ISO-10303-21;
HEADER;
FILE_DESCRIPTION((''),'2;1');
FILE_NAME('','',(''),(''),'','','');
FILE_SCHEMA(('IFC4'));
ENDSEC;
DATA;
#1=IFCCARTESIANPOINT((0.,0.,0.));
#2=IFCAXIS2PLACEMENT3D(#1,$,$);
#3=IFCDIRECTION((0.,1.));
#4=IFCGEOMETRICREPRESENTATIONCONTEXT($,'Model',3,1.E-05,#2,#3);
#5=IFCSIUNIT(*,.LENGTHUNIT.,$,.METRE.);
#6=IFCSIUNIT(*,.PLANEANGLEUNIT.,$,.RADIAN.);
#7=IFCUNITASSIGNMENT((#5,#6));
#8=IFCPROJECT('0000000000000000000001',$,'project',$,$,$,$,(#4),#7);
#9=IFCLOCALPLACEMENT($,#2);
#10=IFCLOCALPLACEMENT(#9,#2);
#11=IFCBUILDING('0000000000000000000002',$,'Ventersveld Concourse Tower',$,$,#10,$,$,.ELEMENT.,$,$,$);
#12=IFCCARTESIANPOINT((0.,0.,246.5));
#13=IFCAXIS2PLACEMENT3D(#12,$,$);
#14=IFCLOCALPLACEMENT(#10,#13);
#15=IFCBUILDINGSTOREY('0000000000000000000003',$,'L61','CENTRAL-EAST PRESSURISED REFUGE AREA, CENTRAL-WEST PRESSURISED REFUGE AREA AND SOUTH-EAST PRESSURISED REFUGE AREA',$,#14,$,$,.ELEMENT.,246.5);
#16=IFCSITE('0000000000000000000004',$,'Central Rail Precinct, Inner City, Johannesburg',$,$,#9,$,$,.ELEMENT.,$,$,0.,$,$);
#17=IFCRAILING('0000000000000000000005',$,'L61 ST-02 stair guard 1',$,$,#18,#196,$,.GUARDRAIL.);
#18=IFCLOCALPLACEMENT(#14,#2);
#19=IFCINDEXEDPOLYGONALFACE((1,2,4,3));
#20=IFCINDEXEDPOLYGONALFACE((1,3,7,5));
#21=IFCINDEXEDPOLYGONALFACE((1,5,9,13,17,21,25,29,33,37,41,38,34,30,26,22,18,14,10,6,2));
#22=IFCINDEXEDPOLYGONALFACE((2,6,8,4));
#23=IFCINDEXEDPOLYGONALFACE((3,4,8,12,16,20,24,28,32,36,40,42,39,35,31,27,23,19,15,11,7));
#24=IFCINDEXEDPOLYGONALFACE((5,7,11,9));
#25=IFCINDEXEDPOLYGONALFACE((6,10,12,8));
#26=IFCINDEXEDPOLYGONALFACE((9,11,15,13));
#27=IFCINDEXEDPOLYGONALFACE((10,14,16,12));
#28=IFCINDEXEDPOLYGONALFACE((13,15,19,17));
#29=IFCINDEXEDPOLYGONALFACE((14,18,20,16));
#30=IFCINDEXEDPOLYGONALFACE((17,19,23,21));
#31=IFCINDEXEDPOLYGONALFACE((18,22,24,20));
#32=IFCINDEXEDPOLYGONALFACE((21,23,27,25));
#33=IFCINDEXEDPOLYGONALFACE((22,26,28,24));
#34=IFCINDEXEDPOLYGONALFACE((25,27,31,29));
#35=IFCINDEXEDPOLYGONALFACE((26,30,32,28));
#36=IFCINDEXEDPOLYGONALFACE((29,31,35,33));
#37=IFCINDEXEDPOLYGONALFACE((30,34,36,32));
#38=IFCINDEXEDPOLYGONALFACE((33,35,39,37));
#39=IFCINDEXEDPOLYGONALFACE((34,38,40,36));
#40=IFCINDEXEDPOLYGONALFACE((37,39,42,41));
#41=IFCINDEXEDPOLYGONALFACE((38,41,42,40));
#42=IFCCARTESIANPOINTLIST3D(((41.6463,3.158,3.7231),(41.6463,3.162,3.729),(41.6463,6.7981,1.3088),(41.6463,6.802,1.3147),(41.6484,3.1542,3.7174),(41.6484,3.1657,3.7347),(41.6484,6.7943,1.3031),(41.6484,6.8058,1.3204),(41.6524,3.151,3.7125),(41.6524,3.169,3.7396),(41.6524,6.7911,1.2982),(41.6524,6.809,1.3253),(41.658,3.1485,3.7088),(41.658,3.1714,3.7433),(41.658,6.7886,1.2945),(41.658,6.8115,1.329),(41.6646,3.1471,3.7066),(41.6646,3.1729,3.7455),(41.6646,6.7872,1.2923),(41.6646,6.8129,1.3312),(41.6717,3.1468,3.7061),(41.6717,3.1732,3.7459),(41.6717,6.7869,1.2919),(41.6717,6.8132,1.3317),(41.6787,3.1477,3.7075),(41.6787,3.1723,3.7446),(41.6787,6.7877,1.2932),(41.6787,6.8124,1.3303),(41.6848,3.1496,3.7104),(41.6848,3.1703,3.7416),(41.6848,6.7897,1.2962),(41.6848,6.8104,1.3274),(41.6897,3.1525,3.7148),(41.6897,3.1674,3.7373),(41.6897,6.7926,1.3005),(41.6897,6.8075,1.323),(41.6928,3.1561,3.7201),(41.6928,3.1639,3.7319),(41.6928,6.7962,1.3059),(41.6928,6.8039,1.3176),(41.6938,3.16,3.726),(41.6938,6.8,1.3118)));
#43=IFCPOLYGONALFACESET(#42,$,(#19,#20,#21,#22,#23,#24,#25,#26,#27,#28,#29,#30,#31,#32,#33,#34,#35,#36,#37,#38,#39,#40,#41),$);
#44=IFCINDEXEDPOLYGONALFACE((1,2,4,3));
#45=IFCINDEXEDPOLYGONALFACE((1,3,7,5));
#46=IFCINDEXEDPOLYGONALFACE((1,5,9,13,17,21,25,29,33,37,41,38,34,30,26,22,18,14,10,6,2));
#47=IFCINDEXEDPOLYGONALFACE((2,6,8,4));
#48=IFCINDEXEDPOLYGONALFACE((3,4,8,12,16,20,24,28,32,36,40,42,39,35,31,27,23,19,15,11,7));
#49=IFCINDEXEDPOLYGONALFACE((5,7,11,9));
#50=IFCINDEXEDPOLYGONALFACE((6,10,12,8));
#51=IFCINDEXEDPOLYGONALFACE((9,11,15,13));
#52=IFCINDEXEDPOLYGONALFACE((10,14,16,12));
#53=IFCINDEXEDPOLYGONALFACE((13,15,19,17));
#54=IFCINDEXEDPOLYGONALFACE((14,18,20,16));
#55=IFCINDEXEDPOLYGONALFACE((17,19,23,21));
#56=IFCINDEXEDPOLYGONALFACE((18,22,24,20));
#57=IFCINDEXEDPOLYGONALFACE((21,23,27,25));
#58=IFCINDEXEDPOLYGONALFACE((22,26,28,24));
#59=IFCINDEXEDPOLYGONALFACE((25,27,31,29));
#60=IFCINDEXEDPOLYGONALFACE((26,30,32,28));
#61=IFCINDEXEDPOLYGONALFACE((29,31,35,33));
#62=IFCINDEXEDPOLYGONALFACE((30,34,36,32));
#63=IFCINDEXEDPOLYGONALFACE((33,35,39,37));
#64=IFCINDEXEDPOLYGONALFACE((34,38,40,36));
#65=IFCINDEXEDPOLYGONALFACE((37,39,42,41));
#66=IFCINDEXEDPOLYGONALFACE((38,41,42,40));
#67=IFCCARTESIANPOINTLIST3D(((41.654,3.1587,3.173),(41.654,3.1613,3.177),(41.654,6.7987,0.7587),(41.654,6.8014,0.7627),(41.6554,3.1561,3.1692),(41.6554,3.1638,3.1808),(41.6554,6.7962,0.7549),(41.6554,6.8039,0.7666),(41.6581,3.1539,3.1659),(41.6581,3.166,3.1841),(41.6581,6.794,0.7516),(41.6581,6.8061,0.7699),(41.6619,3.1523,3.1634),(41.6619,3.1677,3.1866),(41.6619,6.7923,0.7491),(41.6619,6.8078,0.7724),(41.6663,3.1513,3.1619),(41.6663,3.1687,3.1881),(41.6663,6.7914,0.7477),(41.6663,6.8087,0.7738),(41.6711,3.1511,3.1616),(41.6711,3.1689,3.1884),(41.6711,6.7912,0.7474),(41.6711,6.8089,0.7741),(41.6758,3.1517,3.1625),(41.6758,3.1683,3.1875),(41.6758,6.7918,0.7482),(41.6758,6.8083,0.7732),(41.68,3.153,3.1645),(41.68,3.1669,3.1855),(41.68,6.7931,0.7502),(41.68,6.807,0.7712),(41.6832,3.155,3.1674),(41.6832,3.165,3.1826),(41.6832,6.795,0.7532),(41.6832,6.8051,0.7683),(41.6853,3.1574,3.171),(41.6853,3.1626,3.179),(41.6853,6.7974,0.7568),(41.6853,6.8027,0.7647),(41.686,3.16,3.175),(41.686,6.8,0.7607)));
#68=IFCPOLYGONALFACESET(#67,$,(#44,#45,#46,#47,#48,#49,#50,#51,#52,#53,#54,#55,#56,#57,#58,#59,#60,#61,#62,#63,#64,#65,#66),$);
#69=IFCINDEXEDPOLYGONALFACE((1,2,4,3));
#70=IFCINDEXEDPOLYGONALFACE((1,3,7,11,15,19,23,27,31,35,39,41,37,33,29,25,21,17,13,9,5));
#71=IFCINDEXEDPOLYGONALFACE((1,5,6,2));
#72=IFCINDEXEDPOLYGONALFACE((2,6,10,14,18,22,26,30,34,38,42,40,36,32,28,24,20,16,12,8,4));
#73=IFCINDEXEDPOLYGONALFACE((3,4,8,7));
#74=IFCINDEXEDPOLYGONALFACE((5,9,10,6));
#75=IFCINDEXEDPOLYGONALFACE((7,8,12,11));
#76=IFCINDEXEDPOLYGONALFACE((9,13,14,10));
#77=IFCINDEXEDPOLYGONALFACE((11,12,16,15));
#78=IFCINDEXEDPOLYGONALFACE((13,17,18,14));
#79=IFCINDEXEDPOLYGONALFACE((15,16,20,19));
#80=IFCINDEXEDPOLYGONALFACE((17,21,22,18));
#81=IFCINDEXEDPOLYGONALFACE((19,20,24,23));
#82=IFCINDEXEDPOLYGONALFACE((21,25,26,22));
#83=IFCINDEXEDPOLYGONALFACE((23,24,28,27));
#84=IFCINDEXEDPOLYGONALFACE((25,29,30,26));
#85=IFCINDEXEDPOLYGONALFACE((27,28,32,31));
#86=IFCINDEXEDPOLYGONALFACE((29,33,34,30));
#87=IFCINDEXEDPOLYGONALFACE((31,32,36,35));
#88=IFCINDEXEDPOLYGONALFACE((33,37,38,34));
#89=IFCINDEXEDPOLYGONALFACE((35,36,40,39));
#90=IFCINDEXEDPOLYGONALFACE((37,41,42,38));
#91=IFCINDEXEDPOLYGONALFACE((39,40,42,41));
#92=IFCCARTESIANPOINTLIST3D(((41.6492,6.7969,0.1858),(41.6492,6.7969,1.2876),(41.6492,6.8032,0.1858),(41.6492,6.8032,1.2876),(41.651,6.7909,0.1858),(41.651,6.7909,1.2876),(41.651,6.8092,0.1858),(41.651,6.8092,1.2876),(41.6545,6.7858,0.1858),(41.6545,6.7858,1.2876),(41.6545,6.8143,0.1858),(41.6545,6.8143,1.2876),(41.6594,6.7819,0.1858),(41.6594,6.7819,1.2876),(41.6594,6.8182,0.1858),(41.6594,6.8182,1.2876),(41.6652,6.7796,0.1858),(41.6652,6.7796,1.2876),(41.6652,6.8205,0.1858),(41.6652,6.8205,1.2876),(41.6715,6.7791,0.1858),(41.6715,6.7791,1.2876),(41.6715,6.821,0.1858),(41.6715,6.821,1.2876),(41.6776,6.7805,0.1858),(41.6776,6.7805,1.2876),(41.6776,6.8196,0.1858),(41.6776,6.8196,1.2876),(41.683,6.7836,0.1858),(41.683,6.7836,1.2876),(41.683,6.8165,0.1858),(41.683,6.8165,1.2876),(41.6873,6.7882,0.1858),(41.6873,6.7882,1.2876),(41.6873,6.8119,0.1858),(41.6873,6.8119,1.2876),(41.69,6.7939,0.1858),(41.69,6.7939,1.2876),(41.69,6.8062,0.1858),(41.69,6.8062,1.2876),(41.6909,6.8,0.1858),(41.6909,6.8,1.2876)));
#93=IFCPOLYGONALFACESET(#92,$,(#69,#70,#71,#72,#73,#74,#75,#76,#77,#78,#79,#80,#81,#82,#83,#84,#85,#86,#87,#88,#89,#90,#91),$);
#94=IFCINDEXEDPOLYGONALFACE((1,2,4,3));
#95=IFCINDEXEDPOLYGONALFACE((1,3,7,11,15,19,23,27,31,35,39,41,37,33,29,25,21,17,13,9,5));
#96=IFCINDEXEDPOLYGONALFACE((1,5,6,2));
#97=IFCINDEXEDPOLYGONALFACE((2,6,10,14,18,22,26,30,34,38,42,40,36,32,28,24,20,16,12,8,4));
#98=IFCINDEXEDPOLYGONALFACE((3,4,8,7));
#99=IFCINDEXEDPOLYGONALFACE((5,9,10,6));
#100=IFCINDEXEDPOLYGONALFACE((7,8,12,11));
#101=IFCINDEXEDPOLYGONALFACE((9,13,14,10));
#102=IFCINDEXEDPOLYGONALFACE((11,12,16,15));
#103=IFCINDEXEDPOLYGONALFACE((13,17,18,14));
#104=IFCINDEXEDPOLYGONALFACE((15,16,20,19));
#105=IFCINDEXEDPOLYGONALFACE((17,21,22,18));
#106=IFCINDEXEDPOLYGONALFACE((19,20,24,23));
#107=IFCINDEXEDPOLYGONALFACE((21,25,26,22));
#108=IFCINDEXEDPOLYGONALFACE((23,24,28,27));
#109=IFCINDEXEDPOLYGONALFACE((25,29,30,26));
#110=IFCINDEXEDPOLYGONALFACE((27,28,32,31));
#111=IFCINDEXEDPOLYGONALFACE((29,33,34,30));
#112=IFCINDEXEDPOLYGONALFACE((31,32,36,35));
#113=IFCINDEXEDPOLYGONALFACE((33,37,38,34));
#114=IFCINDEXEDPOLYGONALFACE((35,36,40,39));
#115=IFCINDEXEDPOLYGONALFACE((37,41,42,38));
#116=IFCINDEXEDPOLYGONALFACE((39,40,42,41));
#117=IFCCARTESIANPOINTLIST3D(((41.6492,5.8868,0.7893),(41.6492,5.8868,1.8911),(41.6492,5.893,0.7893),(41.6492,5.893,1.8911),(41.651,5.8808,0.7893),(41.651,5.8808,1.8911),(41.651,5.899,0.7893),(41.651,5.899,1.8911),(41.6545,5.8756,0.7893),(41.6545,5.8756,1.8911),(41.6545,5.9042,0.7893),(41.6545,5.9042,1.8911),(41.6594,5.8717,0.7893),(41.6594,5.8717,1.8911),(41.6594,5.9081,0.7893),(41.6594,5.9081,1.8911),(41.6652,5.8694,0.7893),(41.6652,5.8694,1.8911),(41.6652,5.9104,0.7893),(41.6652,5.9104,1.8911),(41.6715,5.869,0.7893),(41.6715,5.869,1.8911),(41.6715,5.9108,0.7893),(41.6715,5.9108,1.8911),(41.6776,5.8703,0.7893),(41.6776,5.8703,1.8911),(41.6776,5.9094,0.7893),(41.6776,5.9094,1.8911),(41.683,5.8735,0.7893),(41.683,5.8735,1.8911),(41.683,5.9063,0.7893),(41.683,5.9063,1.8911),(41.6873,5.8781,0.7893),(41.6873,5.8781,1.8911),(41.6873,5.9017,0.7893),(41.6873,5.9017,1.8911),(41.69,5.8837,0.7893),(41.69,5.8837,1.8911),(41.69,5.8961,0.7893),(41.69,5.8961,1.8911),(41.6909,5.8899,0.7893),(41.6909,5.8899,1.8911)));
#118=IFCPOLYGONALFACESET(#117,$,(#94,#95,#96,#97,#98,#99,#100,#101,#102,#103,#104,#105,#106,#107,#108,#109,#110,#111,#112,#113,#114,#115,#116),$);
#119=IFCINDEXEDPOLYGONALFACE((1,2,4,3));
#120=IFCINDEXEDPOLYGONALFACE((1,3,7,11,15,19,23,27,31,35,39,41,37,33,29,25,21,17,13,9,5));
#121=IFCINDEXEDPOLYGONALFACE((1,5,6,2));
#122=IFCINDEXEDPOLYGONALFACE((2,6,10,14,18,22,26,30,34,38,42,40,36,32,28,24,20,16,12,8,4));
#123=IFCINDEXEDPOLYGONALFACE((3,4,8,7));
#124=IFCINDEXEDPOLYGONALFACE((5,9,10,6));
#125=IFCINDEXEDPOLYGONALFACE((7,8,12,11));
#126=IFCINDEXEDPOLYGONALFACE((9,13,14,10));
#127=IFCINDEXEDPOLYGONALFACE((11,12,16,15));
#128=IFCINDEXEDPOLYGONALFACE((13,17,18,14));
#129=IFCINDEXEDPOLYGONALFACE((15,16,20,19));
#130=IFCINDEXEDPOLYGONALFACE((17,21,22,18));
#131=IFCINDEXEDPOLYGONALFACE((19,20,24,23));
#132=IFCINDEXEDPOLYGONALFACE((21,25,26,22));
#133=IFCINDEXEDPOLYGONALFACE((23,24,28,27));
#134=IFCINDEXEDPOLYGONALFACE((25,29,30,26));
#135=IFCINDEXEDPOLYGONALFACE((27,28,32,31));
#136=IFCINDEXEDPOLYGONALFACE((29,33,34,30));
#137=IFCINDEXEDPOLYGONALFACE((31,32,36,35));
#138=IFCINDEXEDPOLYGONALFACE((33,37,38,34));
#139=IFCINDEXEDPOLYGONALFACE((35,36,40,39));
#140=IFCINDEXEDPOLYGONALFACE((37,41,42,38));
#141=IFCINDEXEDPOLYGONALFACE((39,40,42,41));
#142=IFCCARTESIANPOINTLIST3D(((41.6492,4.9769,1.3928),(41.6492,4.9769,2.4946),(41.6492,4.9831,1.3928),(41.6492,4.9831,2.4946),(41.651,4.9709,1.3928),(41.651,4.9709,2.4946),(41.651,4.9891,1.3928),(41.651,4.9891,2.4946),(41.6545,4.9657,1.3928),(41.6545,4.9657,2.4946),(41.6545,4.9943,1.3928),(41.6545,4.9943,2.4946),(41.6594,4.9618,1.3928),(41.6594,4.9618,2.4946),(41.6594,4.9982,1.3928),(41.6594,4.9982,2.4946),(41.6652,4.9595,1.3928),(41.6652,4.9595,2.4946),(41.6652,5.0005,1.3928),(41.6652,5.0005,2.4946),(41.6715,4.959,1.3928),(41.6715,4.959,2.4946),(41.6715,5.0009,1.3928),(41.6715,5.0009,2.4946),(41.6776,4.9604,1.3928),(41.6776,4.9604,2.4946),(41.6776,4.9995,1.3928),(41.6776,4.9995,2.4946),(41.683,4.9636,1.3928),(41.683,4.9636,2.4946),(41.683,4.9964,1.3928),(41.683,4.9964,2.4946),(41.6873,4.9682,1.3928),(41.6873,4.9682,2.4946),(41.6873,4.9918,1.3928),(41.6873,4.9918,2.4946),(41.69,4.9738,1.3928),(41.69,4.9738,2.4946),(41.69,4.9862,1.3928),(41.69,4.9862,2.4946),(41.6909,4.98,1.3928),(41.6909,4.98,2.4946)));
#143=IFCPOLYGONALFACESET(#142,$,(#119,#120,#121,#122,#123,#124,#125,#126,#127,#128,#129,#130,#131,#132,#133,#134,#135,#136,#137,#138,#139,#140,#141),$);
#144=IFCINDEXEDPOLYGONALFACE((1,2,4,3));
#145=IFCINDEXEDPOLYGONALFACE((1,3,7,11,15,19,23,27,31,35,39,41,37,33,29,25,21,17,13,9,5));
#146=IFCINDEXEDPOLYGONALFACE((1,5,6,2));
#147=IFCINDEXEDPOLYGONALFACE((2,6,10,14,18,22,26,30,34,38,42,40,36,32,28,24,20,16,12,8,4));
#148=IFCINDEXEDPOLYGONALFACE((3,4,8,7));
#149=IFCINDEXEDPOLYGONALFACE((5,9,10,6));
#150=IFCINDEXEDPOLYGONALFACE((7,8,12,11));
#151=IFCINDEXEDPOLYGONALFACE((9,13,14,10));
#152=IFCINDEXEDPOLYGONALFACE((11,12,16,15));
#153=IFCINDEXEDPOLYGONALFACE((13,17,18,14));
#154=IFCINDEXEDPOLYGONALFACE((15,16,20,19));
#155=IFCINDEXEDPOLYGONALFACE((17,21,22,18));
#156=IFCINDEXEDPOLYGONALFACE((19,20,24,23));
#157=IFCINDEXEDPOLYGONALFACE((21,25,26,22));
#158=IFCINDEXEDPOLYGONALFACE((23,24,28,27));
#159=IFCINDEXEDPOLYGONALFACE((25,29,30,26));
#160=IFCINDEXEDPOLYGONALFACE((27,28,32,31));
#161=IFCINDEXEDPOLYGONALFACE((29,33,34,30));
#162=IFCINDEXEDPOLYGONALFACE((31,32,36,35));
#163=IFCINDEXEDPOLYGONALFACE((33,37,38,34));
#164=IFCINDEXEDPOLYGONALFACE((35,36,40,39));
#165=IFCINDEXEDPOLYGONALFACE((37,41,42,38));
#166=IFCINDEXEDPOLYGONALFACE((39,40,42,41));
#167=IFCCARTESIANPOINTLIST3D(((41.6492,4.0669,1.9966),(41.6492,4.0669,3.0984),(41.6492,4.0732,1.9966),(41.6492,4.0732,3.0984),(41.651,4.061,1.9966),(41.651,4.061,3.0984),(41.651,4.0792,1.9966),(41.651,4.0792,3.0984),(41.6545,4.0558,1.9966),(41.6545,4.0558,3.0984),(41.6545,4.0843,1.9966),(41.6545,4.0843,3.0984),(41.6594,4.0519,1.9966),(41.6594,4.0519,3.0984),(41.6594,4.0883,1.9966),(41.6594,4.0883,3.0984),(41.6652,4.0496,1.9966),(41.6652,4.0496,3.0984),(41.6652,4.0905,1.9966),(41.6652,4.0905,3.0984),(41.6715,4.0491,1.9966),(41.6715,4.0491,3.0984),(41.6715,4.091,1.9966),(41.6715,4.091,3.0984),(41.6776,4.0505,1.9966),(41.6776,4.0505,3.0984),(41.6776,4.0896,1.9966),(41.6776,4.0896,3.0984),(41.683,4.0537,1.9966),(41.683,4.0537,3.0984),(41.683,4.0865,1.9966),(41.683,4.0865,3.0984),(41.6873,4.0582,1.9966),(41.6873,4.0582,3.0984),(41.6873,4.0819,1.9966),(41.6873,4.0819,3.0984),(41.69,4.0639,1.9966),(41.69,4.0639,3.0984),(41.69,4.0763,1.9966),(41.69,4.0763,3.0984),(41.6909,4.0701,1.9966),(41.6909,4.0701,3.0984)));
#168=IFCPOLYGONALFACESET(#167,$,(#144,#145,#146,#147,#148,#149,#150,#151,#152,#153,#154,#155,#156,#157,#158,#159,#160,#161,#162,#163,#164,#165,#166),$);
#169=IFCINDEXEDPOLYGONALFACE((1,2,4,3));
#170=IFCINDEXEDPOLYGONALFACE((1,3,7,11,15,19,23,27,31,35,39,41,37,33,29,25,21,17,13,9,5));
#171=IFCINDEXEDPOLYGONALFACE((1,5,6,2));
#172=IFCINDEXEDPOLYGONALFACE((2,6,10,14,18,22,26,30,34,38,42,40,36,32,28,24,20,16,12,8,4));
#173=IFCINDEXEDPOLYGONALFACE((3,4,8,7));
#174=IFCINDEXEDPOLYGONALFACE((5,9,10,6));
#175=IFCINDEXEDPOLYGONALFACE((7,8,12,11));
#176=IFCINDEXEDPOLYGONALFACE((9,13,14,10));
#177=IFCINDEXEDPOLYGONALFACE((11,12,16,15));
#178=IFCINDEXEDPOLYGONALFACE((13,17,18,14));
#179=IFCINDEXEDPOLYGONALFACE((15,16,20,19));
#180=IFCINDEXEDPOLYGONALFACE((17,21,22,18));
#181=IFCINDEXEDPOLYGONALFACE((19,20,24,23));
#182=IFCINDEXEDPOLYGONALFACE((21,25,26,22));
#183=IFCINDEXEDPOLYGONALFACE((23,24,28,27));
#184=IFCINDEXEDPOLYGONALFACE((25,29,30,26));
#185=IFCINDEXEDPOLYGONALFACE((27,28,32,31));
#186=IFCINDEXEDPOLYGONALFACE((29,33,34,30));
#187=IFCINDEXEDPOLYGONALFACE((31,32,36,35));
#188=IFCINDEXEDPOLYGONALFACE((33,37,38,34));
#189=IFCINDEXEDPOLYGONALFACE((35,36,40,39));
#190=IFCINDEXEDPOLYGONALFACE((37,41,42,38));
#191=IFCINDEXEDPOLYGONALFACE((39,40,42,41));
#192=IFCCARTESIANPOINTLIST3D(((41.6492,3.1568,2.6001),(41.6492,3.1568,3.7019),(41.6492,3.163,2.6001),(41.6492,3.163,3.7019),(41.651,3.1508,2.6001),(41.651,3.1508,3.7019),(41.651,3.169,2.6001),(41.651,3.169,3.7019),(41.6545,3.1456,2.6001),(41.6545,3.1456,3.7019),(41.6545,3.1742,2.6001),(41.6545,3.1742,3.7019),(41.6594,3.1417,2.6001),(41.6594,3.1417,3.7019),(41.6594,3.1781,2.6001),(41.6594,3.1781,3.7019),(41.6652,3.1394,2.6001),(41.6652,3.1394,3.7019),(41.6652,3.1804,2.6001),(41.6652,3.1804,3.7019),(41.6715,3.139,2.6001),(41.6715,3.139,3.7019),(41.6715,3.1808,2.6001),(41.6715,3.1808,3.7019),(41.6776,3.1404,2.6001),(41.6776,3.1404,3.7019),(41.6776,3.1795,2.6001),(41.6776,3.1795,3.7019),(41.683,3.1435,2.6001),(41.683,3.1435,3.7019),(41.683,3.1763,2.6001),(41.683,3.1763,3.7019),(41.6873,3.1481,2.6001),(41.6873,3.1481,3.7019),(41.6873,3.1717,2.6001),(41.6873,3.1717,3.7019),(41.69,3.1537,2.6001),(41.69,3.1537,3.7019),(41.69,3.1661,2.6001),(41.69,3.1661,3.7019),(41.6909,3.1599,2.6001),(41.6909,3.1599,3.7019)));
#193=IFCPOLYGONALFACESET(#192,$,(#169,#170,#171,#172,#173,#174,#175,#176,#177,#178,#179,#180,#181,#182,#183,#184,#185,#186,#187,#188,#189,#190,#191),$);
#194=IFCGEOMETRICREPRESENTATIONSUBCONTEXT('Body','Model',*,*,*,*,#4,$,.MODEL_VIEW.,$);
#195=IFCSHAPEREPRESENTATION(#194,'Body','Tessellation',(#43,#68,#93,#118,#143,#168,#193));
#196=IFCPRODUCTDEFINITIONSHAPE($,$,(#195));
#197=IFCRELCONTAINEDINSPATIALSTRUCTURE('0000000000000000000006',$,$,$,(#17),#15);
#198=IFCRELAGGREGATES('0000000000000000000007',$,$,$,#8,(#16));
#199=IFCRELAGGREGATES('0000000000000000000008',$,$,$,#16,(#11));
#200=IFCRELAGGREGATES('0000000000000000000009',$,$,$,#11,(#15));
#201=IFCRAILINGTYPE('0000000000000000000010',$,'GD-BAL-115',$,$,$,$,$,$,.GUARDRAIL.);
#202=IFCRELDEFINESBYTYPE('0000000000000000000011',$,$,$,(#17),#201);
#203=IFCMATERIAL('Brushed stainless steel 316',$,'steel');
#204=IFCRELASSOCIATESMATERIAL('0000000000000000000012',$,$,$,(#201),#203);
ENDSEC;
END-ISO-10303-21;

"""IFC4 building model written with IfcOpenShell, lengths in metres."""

from ifc_helpers import new_model, si_unit, direction, frame, origin, origin_2d, place, context, subcontext, project, spatial, circle, extrude, material, type_object, element, save


model = new_model("IFC4")

# Units and contexts
model_context = context("Model", 3, precision=1e-05, world=origin(), true_north=direction((0.0, 1.0)))
body_context = subcontext(model_context, "Body", "Model", "MODEL_VIEW")
ifc_project = project(units=[si_unit("LENGTHUNIT", "METRE"), si_unit("PLANEANGLEUNIT", "RADIAN")], contexts=[model_context])

# Site, building, storey
site_placement = place(None, origin())
site = spatial("IfcSite", under=ifc_project, at=site_placement, Name="Central Rail Precinct, Inner City, Johannesburg", CompositionType="ELEMENT", RefElevation=0.0)
building_placement = place(site_placement, origin())
building = spatial("IfcBuilding", under=site, at=building_placement, Name="Ventersveld Concourse Tower", CompositionType="ELEMENT")
storey_placement = place(building_placement, frame((0.0, 0.0, 246.5)))
storey = spatial("IfcBuildingStorey", under=building, at=storey_placement, Name="L61", Description="CENTRAL-EAST PRESSURISED REFUGE AREA, CENTRAL-WEST PRESSURISED REFUGE AREA AND SOUTH-EAST PRESSURISED REFUGE AREA", CompositionType="ELEMENT", Elevation=246.5)

# Railing
ifc_material_1 = material(Name="Brushed stainless steel 316", Category="steel")
railing_type_1 = type_object("IfcRailingType", Name="GD-BAL-115", PredefinedType="GUARDRAIL", material=ifc_material_1)
railing_1_placement = place(storey_placement, frame((41.6699, 6.8, 0.1858)))
element("IfcRailing", 1, at=railing_1_placement, inside=storey, type_object=railing_type_1, Name="L61 ST-02 stair guard 1", PredefinedType="GUARDRAIL", context=body_context, shape_type="SweptSolid", body=[
    extrude(circle(Radius=0.0239, at=origin_2d()), frame((0.0, 0.0, 1.126), z_axis=(0.0, -0.833364, 0.552725), x_axis=(1.0, 0.0, 0.0)), (0.0, 0.0, 1.0), 4.3679),
    extrude(circle(Radius=0.0161, at=origin_2d()), frame((0.0, 0.0, 0.575), z_axis=(0.0, -0.833364, 0.552725), x_axis=(1.0, 0.0, 0.0)), (0.0, 0.0, 1.0), 4.3679),
    extrude(circle(Radius=0.021, at=origin_2d()), origin(), (0.0, 0.0, 1.0), 1.1018),
    extrude(circle(Radius=0.021, at=origin_2d()), frame((0.0, -0.9102, 0.6035)), (0.0, 0.0, 1.0), 1.1018),
    extrude(circle(Radius=0.021, at=origin_2d()), frame((0.0, -1.8201, 1.207)), (0.0, 0.0, 1.0), 1.1018),
    extrude(circle(Radius=0.021, at=origin_2d()), frame((0.0, -2.73, 1.8108)), (0.0, 0.0, 1.0), 1.1018),
    extrude(circle(Radius=0.021, at=origin_2d()), frame((0.0, -3.6401, 2.4143)), (0.0, 0.0, 1.0), 1.1018),
])

save(model, "model.ifc")
